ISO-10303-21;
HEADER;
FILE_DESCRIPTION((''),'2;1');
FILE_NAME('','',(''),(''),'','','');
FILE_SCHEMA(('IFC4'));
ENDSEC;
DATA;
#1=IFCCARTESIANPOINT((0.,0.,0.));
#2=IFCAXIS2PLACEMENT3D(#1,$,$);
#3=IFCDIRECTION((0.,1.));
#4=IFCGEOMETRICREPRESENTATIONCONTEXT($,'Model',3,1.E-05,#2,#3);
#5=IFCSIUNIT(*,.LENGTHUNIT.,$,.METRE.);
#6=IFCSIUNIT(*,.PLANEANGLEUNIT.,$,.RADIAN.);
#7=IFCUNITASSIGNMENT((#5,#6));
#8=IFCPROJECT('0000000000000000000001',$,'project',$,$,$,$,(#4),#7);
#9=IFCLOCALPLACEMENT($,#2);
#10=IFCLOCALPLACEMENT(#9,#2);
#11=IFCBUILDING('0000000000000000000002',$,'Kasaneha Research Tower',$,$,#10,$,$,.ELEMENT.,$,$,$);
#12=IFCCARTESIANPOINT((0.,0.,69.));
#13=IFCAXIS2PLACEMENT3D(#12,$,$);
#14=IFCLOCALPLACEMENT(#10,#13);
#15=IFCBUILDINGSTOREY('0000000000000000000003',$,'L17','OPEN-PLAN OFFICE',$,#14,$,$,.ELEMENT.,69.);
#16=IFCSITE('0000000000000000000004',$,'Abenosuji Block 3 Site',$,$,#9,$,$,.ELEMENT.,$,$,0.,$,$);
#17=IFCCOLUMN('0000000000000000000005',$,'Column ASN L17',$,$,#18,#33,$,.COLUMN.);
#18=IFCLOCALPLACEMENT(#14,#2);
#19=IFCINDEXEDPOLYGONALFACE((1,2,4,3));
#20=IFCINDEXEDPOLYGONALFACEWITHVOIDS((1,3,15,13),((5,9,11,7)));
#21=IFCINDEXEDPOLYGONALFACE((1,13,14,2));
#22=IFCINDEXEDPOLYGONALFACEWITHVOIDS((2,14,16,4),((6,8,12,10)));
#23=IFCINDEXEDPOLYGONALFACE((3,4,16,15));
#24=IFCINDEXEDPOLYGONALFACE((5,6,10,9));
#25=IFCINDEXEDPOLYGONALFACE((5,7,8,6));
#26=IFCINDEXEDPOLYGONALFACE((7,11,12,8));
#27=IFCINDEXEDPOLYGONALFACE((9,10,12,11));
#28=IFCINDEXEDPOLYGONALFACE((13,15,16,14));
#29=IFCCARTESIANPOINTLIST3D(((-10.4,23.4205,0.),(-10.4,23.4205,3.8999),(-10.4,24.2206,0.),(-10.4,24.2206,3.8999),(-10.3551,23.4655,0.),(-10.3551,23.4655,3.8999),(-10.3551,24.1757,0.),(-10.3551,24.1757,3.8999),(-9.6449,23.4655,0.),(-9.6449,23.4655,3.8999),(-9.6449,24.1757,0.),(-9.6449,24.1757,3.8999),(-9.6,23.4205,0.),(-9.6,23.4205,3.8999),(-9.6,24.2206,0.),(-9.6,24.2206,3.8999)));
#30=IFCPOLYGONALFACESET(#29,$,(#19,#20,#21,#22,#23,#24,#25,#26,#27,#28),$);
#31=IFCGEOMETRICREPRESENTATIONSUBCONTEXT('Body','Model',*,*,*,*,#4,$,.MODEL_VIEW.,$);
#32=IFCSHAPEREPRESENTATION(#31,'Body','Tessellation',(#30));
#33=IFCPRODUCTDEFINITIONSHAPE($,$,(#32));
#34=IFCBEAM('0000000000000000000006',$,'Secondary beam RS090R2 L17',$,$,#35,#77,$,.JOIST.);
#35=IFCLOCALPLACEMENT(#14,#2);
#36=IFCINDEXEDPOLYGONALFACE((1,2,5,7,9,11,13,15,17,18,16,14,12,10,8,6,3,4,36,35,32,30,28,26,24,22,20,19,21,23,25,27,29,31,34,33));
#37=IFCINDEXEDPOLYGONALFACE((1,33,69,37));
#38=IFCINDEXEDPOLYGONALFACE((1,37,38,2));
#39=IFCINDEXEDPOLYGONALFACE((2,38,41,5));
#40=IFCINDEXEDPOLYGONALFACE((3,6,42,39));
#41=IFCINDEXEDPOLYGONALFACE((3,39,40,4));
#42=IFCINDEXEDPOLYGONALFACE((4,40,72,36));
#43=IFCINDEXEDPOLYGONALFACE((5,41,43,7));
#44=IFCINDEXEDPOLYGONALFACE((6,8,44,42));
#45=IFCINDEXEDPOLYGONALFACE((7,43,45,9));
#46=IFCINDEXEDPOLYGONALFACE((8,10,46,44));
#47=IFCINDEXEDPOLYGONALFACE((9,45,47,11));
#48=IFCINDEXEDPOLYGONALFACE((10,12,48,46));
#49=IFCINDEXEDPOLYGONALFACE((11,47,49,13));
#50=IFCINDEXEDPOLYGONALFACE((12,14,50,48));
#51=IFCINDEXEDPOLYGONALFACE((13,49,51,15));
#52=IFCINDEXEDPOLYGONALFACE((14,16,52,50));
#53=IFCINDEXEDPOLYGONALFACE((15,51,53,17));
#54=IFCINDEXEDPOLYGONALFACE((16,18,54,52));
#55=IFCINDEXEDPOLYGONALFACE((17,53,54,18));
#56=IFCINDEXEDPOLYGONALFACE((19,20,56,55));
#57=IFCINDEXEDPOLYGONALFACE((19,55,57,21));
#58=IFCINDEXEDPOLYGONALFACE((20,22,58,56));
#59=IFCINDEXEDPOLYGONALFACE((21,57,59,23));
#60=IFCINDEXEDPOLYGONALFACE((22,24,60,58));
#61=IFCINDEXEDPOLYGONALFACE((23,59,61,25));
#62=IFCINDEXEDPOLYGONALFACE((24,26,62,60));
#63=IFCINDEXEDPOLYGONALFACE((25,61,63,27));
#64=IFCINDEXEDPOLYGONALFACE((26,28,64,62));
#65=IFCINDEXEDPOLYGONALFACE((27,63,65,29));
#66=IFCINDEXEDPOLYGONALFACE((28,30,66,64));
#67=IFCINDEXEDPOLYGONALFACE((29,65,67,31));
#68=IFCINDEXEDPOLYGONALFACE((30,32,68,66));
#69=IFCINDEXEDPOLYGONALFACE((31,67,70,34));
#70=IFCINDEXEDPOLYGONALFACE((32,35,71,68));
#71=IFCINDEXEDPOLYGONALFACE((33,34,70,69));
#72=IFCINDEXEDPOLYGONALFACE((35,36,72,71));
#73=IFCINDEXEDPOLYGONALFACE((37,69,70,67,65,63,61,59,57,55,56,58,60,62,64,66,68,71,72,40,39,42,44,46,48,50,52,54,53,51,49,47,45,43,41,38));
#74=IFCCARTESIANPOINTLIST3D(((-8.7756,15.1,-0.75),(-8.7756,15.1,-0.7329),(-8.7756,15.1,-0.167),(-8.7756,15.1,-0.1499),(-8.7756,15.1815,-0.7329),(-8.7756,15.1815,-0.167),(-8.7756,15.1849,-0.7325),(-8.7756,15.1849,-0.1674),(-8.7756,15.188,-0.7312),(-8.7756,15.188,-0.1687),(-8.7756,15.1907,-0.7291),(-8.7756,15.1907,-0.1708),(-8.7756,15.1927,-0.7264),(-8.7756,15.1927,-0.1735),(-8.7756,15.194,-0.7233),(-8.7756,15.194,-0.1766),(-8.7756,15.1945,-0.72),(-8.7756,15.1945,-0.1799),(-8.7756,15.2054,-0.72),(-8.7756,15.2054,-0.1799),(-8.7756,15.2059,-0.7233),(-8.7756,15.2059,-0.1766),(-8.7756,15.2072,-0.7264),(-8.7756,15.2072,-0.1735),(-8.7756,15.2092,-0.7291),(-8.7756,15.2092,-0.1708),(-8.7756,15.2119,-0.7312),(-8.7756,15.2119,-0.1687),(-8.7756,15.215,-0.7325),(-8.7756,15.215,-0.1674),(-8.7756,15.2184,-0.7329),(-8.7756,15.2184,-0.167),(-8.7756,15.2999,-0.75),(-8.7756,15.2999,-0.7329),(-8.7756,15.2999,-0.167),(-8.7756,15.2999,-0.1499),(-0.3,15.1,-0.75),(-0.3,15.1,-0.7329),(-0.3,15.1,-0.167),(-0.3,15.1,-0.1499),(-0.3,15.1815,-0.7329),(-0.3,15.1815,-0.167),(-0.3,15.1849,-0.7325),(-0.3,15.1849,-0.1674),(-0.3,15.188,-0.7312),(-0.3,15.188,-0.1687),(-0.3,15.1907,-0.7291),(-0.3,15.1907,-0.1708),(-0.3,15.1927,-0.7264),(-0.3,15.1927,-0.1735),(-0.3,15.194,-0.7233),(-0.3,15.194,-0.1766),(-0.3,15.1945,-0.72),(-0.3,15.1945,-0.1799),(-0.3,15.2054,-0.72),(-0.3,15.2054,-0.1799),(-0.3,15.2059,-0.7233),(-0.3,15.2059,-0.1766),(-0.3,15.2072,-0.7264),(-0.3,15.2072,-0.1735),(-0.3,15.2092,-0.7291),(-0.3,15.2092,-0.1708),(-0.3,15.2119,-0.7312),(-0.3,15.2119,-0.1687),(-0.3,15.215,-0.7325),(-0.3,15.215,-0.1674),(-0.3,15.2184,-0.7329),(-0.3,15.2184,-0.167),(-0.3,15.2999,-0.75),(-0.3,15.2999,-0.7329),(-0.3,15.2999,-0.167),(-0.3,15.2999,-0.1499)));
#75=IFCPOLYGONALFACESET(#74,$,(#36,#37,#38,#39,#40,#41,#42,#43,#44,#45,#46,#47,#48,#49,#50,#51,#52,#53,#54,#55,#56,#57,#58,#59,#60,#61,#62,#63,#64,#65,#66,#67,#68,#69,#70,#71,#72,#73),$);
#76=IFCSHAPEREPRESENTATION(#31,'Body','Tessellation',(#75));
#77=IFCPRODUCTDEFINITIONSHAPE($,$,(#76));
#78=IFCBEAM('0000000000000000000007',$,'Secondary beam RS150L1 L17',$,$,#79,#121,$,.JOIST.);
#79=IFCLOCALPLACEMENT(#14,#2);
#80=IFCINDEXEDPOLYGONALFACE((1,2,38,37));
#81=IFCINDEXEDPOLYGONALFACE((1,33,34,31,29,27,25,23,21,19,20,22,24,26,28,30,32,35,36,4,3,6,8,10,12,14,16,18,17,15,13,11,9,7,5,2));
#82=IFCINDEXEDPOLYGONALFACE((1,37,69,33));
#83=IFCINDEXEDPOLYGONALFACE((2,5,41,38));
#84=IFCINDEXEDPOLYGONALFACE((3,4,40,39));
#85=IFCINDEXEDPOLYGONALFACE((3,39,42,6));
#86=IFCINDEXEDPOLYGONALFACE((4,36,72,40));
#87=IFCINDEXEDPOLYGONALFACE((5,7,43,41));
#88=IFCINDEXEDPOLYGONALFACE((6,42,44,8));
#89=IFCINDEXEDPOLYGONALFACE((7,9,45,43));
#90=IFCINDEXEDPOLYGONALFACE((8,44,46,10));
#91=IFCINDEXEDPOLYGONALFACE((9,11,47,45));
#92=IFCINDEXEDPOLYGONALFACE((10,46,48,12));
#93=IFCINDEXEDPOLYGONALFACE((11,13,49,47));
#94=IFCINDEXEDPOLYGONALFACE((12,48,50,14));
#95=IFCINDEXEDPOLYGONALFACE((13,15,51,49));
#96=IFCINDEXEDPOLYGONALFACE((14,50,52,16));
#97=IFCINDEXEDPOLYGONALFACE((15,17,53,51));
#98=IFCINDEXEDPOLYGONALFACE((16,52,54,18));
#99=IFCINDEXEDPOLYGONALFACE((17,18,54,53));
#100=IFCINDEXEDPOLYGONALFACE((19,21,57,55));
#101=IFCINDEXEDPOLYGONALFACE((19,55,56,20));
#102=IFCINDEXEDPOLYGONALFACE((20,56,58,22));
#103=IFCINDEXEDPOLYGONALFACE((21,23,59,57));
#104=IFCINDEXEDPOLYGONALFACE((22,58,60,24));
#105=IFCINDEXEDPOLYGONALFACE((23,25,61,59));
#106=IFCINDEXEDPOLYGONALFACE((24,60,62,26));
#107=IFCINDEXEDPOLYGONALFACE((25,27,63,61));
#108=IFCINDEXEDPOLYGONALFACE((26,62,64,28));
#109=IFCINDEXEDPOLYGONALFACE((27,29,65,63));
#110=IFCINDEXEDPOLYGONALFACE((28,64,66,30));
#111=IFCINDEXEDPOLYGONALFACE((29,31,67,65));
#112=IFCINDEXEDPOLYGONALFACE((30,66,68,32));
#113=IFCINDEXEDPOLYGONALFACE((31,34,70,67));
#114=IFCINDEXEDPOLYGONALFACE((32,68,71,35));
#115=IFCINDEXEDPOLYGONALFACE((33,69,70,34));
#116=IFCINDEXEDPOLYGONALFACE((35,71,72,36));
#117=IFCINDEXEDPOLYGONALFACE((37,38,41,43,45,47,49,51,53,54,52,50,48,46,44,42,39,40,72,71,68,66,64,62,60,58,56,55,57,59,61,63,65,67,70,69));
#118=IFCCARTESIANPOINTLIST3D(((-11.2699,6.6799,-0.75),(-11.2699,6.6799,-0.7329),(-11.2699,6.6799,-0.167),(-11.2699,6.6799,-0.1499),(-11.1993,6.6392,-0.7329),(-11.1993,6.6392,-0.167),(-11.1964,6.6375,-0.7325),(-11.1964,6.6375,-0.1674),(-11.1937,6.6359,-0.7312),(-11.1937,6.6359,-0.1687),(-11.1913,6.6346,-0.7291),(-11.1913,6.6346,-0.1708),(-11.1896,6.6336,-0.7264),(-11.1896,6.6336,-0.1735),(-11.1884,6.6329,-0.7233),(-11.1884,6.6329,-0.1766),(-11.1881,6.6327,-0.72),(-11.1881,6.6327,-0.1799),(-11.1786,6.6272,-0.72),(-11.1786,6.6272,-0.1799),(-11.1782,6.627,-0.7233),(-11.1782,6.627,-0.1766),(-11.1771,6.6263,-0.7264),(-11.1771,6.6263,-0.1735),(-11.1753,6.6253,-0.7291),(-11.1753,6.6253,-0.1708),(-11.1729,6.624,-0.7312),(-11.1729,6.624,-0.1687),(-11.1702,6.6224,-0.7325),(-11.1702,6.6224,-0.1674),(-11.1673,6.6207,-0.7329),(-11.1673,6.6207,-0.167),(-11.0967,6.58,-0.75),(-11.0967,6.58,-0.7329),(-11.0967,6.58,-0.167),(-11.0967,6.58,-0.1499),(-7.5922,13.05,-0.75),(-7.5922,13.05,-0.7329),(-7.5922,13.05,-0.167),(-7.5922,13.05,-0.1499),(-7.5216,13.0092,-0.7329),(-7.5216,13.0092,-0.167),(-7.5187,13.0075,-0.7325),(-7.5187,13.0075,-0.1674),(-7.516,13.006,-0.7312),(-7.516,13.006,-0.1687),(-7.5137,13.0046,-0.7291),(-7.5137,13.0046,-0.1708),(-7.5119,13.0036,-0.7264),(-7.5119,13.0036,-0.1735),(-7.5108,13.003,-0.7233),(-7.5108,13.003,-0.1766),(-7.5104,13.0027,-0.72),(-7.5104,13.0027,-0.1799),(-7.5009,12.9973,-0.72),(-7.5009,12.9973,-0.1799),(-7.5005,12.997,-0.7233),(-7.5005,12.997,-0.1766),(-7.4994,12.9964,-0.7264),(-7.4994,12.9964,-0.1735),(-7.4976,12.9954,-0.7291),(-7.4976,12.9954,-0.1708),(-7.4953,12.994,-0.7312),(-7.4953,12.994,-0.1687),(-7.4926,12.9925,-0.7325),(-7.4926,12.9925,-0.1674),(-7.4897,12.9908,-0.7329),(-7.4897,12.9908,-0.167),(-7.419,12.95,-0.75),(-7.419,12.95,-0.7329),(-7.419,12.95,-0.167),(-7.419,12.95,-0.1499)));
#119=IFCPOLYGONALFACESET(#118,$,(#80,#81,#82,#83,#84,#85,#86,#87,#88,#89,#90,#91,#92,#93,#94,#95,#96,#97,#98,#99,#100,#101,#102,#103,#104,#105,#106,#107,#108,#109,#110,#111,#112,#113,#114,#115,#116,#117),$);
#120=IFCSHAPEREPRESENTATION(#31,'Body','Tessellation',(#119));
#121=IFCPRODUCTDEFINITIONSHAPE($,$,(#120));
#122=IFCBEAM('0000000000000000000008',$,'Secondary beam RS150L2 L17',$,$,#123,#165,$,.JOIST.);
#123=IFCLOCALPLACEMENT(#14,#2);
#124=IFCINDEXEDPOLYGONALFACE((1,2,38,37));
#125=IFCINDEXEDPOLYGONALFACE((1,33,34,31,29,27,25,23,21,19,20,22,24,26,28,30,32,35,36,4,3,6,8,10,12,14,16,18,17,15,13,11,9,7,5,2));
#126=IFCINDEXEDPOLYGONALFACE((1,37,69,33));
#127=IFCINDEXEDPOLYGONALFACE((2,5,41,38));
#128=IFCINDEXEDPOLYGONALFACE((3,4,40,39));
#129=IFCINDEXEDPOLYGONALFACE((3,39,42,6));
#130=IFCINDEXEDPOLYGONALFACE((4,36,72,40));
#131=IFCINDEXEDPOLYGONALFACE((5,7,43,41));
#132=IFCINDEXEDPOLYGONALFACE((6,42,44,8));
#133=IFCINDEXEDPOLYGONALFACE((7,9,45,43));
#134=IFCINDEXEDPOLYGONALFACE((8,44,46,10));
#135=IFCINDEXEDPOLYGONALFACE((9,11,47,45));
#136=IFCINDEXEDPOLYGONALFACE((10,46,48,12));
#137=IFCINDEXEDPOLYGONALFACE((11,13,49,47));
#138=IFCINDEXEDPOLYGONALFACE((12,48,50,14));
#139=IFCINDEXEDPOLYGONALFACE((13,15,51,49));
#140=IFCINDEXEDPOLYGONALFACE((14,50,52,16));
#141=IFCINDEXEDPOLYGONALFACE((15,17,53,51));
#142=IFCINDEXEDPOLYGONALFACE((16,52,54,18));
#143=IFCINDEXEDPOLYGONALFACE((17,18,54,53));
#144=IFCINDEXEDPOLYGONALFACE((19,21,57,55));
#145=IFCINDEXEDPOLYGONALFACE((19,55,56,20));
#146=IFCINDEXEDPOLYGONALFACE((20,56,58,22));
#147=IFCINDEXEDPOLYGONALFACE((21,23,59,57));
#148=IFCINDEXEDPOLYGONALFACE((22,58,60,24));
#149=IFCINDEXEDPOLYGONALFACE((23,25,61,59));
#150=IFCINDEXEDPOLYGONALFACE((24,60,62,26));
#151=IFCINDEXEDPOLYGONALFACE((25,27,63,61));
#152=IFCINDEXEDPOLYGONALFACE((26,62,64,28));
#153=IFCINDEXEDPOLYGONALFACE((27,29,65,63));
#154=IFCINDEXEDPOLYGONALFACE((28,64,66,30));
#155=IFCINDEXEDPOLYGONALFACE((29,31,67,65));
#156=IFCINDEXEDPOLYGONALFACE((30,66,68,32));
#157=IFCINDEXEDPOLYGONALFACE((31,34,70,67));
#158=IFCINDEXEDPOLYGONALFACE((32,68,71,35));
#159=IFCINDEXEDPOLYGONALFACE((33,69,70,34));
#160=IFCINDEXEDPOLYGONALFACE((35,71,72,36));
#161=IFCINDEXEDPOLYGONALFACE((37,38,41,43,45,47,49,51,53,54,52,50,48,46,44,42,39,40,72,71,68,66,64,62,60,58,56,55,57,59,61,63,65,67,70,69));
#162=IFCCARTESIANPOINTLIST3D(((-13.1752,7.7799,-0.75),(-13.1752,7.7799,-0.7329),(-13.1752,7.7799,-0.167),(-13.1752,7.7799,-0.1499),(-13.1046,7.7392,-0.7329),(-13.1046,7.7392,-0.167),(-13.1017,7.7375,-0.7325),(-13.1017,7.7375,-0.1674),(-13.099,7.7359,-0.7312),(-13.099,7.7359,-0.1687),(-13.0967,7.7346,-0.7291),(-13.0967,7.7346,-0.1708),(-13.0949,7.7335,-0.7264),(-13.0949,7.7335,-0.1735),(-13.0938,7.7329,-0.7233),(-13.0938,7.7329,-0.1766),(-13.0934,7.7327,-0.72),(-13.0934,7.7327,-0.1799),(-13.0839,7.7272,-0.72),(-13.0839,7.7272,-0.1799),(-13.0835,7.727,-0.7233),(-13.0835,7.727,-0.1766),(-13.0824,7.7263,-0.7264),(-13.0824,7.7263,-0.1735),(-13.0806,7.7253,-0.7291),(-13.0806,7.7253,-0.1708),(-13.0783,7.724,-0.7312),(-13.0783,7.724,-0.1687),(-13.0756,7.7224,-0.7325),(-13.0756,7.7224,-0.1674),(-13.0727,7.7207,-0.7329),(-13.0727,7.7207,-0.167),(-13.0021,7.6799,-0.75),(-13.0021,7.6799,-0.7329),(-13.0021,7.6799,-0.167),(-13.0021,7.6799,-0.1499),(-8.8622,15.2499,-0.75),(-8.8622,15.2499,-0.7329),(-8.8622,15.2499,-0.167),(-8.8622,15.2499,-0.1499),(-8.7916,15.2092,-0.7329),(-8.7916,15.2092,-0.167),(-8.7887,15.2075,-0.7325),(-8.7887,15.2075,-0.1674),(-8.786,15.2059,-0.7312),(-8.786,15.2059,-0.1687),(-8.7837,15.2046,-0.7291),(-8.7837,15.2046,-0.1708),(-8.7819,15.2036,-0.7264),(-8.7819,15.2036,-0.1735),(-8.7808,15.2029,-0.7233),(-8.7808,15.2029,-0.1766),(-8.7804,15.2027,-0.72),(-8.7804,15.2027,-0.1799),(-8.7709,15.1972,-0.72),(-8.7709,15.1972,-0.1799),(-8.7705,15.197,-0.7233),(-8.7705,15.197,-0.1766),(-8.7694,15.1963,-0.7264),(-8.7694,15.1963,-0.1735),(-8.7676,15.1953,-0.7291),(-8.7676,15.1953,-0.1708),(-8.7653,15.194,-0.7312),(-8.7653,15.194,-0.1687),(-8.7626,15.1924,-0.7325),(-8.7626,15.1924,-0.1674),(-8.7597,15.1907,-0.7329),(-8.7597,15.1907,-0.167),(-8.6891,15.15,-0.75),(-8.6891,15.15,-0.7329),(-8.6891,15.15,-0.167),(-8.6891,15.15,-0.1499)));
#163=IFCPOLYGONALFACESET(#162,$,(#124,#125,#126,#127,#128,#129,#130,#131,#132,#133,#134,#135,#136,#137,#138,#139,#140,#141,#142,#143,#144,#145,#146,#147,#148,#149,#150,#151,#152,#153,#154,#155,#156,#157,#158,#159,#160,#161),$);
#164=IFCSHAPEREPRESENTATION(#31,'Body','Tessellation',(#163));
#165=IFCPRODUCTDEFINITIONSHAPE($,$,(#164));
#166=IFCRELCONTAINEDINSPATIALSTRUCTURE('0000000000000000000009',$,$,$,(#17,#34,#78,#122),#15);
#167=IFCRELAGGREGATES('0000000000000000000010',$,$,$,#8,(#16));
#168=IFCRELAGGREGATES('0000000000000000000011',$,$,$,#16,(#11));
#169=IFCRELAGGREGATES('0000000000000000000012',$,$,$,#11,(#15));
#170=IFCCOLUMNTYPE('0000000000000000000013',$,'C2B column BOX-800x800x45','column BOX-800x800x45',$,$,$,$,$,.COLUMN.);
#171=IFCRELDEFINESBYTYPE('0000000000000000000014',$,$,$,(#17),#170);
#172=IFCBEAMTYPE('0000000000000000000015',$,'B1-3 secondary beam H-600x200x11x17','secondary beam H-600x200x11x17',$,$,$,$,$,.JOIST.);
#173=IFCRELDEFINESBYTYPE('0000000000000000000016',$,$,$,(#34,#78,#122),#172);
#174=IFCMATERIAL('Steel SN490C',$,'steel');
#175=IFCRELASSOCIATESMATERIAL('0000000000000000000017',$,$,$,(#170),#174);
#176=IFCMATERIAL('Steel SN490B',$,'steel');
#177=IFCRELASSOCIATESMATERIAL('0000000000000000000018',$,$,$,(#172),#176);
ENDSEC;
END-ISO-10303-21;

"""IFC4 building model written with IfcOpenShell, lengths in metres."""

from ifc_helpers import new_model, si_unit, direction, frame, origin, origin_2d, place, context, subcontext, project, spatial, hollow_rectangle, i_section, extrude, material, material_profile, profile_set, type_object, element, save


model = new_model("IFC4")

# Units and contexts
model_context = context("Model", 3, precision=1e-05, world=origin(), true_north=direction((0.0, 1.0)))
body_context = subcontext(model_context, "Body", "Model", "MODEL_VIEW")
ifc_project = project(units=[si_unit("LENGTHUNIT", "METRE"), si_unit("PLANEANGLEUNIT", "RADIAN")], contexts=[model_context])

# Site, building, storey
site_placement = place(None, origin())
site = spatial("IfcSite", under=ifc_project, at=site_placement, Name="Abenosuji Block 3 Site", CompositionType="ELEMENT", RefElevation=0.0)
building_placement = place(site_placement, origin())
building = spatial("IfcBuilding", under=site, at=building_placement, Name="Kasaneha Research Tower", CompositionType="ELEMENT")
storey_placement = place(building_placement, frame((0.0, 0.0, 69.0)))
storey = spatial("IfcBuildingStorey", under=building, at=storey_placement, Name="L17", Description="OPEN-PLAN OFFICE", CompositionType="ELEMENT", Elevation=69.0)

# Column
ifc_material_1 = material(Name="Steel SN490C", Category="steel")
ifc_material_profile_1 = material_profile(ifc_material_1, hollow_rectangle(XDim=0.8, YDim=0.8, WallThickness=0.0449, at=origin_2d()), Name="BOX-800x800x45")
ifc_profile_set_1 = profile_set([ifc_material_profile_1], Name="Steel SN490C")
column_type = type_object("IfcColumnType", Name="C2B column BOX-800x800x45", Description="column BOX-800x800x45", PredefinedType="COLUMN", material=ifc_profile_set_1)
column_placement = place(storey_placement, frame((-10.0, 23.8206, 0.0), z_axis=(0.0, 0.0, 1.0), x_axis=(1.0, 0.0, 0.0)))
element("IfcColumn", 1, at=column_placement, inside=storey, type_object=column_type, Name="Column ASN L17", PredefinedType="COLUMN", context=body_context, shape_type="SweptSolid", body=[
    extrude(hollow_rectangle(XDim=0.8, YDim=0.8, WallThickness=0.0449, at=origin_2d()), origin(), (0.0, 0.0, 1.0), 3.8999),
])

# Beams
ifc_material_2 = material(Name="Steel SN490B", Category="steel")
ifc_material_profile_2 = material_profile(ifc_material_2, i_section(OverallWidth=0.2, OverallDepth=0.6001, WebThickness=0.011, FlangeThickness=0.0171, FilletRadius=0.0129, at=origin_2d()), Name="H-600x200x11x17")
ifc_profile_set_2 = profile_set([ifc_material_profile_2], Name="Steel SN490B")
beam_type_1 = type_object("IfcBeamType", Name="B1-3 secondary beam H-600x200x11x17", Description="secondary beam H-600x200x11x17", PredefinedType="JOIST", material=ifc_profile_set_2)
beam_1_placement = place(storey_placement, frame((-8.7756, 15.2, -0.45), z_axis=(1.0, 0.0, 0.0), x_axis=(0.0, 1.0, 0.0)))
element("IfcBeam", 2, at=beam_1_placement, inside=storey, type_object=beam_type_1, Name="Secondary beam RS090R2 L17", PredefinedType="JOIST", context=body_context, shape_type="SweptSolid", body=[
    extrude(i_section(OverallWidth=0.2, OverallDepth=0.6001, WebThickness=0.011, FlangeThickness=0.0171, FilletRadius=0.0129, at=origin_2d()), origin(), (0.0, 0.0, 1.0), 8.4756),
])
beam_2_placement = place(storey_placement, frame((-7.5056, 13.0, -0.45), z_axis=(-0.499994, -0.866029, 0.0), x_axis=(0.866029, -0.499994, 0.0)))
element("IfcBeam", 3, at=beam_2_placement, inside=storey, type_object=beam_type_1, Name="Secondary beam RS150L1 L17", PredefinedType="JOIST", context=body_context, shape_type="SweptSolid", body=[
    extrude(i_section(OverallWidth=0.2, OverallDepth=0.6001, WebThickness=0.011, FlangeThickness=0.0171, FilletRadius=0.0129, at=origin_2d()), origin(), (0.0, 0.0, 1.0), 7.3555),
])
beam_3_placement = place(storey_placement, frame((-8.7756, 15.2, -0.45), z_axis=(-0.500017, -0.866015, 0.0), x_axis=(0.866015, -0.500017, 0.0)))
element("IfcBeam", 4, at=beam_3_placement, inside=storey, type_object=beam_type_1, Name="Secondary beam RS150L2 L17", PredefinedType="JOIST", context=body_context, shape_type="SweptSolid", body=[
    extrude(i_section(OverallWidth=0.2, OverallDepth=0.6001, WebThickness=0.011, FlangeThickness=0.0171, FilletRadius=0.0129, at=origin_2d()), origin(), (0.0, 0.0, 1.0), 8.6257),
])

save(model, "model.ifc")
